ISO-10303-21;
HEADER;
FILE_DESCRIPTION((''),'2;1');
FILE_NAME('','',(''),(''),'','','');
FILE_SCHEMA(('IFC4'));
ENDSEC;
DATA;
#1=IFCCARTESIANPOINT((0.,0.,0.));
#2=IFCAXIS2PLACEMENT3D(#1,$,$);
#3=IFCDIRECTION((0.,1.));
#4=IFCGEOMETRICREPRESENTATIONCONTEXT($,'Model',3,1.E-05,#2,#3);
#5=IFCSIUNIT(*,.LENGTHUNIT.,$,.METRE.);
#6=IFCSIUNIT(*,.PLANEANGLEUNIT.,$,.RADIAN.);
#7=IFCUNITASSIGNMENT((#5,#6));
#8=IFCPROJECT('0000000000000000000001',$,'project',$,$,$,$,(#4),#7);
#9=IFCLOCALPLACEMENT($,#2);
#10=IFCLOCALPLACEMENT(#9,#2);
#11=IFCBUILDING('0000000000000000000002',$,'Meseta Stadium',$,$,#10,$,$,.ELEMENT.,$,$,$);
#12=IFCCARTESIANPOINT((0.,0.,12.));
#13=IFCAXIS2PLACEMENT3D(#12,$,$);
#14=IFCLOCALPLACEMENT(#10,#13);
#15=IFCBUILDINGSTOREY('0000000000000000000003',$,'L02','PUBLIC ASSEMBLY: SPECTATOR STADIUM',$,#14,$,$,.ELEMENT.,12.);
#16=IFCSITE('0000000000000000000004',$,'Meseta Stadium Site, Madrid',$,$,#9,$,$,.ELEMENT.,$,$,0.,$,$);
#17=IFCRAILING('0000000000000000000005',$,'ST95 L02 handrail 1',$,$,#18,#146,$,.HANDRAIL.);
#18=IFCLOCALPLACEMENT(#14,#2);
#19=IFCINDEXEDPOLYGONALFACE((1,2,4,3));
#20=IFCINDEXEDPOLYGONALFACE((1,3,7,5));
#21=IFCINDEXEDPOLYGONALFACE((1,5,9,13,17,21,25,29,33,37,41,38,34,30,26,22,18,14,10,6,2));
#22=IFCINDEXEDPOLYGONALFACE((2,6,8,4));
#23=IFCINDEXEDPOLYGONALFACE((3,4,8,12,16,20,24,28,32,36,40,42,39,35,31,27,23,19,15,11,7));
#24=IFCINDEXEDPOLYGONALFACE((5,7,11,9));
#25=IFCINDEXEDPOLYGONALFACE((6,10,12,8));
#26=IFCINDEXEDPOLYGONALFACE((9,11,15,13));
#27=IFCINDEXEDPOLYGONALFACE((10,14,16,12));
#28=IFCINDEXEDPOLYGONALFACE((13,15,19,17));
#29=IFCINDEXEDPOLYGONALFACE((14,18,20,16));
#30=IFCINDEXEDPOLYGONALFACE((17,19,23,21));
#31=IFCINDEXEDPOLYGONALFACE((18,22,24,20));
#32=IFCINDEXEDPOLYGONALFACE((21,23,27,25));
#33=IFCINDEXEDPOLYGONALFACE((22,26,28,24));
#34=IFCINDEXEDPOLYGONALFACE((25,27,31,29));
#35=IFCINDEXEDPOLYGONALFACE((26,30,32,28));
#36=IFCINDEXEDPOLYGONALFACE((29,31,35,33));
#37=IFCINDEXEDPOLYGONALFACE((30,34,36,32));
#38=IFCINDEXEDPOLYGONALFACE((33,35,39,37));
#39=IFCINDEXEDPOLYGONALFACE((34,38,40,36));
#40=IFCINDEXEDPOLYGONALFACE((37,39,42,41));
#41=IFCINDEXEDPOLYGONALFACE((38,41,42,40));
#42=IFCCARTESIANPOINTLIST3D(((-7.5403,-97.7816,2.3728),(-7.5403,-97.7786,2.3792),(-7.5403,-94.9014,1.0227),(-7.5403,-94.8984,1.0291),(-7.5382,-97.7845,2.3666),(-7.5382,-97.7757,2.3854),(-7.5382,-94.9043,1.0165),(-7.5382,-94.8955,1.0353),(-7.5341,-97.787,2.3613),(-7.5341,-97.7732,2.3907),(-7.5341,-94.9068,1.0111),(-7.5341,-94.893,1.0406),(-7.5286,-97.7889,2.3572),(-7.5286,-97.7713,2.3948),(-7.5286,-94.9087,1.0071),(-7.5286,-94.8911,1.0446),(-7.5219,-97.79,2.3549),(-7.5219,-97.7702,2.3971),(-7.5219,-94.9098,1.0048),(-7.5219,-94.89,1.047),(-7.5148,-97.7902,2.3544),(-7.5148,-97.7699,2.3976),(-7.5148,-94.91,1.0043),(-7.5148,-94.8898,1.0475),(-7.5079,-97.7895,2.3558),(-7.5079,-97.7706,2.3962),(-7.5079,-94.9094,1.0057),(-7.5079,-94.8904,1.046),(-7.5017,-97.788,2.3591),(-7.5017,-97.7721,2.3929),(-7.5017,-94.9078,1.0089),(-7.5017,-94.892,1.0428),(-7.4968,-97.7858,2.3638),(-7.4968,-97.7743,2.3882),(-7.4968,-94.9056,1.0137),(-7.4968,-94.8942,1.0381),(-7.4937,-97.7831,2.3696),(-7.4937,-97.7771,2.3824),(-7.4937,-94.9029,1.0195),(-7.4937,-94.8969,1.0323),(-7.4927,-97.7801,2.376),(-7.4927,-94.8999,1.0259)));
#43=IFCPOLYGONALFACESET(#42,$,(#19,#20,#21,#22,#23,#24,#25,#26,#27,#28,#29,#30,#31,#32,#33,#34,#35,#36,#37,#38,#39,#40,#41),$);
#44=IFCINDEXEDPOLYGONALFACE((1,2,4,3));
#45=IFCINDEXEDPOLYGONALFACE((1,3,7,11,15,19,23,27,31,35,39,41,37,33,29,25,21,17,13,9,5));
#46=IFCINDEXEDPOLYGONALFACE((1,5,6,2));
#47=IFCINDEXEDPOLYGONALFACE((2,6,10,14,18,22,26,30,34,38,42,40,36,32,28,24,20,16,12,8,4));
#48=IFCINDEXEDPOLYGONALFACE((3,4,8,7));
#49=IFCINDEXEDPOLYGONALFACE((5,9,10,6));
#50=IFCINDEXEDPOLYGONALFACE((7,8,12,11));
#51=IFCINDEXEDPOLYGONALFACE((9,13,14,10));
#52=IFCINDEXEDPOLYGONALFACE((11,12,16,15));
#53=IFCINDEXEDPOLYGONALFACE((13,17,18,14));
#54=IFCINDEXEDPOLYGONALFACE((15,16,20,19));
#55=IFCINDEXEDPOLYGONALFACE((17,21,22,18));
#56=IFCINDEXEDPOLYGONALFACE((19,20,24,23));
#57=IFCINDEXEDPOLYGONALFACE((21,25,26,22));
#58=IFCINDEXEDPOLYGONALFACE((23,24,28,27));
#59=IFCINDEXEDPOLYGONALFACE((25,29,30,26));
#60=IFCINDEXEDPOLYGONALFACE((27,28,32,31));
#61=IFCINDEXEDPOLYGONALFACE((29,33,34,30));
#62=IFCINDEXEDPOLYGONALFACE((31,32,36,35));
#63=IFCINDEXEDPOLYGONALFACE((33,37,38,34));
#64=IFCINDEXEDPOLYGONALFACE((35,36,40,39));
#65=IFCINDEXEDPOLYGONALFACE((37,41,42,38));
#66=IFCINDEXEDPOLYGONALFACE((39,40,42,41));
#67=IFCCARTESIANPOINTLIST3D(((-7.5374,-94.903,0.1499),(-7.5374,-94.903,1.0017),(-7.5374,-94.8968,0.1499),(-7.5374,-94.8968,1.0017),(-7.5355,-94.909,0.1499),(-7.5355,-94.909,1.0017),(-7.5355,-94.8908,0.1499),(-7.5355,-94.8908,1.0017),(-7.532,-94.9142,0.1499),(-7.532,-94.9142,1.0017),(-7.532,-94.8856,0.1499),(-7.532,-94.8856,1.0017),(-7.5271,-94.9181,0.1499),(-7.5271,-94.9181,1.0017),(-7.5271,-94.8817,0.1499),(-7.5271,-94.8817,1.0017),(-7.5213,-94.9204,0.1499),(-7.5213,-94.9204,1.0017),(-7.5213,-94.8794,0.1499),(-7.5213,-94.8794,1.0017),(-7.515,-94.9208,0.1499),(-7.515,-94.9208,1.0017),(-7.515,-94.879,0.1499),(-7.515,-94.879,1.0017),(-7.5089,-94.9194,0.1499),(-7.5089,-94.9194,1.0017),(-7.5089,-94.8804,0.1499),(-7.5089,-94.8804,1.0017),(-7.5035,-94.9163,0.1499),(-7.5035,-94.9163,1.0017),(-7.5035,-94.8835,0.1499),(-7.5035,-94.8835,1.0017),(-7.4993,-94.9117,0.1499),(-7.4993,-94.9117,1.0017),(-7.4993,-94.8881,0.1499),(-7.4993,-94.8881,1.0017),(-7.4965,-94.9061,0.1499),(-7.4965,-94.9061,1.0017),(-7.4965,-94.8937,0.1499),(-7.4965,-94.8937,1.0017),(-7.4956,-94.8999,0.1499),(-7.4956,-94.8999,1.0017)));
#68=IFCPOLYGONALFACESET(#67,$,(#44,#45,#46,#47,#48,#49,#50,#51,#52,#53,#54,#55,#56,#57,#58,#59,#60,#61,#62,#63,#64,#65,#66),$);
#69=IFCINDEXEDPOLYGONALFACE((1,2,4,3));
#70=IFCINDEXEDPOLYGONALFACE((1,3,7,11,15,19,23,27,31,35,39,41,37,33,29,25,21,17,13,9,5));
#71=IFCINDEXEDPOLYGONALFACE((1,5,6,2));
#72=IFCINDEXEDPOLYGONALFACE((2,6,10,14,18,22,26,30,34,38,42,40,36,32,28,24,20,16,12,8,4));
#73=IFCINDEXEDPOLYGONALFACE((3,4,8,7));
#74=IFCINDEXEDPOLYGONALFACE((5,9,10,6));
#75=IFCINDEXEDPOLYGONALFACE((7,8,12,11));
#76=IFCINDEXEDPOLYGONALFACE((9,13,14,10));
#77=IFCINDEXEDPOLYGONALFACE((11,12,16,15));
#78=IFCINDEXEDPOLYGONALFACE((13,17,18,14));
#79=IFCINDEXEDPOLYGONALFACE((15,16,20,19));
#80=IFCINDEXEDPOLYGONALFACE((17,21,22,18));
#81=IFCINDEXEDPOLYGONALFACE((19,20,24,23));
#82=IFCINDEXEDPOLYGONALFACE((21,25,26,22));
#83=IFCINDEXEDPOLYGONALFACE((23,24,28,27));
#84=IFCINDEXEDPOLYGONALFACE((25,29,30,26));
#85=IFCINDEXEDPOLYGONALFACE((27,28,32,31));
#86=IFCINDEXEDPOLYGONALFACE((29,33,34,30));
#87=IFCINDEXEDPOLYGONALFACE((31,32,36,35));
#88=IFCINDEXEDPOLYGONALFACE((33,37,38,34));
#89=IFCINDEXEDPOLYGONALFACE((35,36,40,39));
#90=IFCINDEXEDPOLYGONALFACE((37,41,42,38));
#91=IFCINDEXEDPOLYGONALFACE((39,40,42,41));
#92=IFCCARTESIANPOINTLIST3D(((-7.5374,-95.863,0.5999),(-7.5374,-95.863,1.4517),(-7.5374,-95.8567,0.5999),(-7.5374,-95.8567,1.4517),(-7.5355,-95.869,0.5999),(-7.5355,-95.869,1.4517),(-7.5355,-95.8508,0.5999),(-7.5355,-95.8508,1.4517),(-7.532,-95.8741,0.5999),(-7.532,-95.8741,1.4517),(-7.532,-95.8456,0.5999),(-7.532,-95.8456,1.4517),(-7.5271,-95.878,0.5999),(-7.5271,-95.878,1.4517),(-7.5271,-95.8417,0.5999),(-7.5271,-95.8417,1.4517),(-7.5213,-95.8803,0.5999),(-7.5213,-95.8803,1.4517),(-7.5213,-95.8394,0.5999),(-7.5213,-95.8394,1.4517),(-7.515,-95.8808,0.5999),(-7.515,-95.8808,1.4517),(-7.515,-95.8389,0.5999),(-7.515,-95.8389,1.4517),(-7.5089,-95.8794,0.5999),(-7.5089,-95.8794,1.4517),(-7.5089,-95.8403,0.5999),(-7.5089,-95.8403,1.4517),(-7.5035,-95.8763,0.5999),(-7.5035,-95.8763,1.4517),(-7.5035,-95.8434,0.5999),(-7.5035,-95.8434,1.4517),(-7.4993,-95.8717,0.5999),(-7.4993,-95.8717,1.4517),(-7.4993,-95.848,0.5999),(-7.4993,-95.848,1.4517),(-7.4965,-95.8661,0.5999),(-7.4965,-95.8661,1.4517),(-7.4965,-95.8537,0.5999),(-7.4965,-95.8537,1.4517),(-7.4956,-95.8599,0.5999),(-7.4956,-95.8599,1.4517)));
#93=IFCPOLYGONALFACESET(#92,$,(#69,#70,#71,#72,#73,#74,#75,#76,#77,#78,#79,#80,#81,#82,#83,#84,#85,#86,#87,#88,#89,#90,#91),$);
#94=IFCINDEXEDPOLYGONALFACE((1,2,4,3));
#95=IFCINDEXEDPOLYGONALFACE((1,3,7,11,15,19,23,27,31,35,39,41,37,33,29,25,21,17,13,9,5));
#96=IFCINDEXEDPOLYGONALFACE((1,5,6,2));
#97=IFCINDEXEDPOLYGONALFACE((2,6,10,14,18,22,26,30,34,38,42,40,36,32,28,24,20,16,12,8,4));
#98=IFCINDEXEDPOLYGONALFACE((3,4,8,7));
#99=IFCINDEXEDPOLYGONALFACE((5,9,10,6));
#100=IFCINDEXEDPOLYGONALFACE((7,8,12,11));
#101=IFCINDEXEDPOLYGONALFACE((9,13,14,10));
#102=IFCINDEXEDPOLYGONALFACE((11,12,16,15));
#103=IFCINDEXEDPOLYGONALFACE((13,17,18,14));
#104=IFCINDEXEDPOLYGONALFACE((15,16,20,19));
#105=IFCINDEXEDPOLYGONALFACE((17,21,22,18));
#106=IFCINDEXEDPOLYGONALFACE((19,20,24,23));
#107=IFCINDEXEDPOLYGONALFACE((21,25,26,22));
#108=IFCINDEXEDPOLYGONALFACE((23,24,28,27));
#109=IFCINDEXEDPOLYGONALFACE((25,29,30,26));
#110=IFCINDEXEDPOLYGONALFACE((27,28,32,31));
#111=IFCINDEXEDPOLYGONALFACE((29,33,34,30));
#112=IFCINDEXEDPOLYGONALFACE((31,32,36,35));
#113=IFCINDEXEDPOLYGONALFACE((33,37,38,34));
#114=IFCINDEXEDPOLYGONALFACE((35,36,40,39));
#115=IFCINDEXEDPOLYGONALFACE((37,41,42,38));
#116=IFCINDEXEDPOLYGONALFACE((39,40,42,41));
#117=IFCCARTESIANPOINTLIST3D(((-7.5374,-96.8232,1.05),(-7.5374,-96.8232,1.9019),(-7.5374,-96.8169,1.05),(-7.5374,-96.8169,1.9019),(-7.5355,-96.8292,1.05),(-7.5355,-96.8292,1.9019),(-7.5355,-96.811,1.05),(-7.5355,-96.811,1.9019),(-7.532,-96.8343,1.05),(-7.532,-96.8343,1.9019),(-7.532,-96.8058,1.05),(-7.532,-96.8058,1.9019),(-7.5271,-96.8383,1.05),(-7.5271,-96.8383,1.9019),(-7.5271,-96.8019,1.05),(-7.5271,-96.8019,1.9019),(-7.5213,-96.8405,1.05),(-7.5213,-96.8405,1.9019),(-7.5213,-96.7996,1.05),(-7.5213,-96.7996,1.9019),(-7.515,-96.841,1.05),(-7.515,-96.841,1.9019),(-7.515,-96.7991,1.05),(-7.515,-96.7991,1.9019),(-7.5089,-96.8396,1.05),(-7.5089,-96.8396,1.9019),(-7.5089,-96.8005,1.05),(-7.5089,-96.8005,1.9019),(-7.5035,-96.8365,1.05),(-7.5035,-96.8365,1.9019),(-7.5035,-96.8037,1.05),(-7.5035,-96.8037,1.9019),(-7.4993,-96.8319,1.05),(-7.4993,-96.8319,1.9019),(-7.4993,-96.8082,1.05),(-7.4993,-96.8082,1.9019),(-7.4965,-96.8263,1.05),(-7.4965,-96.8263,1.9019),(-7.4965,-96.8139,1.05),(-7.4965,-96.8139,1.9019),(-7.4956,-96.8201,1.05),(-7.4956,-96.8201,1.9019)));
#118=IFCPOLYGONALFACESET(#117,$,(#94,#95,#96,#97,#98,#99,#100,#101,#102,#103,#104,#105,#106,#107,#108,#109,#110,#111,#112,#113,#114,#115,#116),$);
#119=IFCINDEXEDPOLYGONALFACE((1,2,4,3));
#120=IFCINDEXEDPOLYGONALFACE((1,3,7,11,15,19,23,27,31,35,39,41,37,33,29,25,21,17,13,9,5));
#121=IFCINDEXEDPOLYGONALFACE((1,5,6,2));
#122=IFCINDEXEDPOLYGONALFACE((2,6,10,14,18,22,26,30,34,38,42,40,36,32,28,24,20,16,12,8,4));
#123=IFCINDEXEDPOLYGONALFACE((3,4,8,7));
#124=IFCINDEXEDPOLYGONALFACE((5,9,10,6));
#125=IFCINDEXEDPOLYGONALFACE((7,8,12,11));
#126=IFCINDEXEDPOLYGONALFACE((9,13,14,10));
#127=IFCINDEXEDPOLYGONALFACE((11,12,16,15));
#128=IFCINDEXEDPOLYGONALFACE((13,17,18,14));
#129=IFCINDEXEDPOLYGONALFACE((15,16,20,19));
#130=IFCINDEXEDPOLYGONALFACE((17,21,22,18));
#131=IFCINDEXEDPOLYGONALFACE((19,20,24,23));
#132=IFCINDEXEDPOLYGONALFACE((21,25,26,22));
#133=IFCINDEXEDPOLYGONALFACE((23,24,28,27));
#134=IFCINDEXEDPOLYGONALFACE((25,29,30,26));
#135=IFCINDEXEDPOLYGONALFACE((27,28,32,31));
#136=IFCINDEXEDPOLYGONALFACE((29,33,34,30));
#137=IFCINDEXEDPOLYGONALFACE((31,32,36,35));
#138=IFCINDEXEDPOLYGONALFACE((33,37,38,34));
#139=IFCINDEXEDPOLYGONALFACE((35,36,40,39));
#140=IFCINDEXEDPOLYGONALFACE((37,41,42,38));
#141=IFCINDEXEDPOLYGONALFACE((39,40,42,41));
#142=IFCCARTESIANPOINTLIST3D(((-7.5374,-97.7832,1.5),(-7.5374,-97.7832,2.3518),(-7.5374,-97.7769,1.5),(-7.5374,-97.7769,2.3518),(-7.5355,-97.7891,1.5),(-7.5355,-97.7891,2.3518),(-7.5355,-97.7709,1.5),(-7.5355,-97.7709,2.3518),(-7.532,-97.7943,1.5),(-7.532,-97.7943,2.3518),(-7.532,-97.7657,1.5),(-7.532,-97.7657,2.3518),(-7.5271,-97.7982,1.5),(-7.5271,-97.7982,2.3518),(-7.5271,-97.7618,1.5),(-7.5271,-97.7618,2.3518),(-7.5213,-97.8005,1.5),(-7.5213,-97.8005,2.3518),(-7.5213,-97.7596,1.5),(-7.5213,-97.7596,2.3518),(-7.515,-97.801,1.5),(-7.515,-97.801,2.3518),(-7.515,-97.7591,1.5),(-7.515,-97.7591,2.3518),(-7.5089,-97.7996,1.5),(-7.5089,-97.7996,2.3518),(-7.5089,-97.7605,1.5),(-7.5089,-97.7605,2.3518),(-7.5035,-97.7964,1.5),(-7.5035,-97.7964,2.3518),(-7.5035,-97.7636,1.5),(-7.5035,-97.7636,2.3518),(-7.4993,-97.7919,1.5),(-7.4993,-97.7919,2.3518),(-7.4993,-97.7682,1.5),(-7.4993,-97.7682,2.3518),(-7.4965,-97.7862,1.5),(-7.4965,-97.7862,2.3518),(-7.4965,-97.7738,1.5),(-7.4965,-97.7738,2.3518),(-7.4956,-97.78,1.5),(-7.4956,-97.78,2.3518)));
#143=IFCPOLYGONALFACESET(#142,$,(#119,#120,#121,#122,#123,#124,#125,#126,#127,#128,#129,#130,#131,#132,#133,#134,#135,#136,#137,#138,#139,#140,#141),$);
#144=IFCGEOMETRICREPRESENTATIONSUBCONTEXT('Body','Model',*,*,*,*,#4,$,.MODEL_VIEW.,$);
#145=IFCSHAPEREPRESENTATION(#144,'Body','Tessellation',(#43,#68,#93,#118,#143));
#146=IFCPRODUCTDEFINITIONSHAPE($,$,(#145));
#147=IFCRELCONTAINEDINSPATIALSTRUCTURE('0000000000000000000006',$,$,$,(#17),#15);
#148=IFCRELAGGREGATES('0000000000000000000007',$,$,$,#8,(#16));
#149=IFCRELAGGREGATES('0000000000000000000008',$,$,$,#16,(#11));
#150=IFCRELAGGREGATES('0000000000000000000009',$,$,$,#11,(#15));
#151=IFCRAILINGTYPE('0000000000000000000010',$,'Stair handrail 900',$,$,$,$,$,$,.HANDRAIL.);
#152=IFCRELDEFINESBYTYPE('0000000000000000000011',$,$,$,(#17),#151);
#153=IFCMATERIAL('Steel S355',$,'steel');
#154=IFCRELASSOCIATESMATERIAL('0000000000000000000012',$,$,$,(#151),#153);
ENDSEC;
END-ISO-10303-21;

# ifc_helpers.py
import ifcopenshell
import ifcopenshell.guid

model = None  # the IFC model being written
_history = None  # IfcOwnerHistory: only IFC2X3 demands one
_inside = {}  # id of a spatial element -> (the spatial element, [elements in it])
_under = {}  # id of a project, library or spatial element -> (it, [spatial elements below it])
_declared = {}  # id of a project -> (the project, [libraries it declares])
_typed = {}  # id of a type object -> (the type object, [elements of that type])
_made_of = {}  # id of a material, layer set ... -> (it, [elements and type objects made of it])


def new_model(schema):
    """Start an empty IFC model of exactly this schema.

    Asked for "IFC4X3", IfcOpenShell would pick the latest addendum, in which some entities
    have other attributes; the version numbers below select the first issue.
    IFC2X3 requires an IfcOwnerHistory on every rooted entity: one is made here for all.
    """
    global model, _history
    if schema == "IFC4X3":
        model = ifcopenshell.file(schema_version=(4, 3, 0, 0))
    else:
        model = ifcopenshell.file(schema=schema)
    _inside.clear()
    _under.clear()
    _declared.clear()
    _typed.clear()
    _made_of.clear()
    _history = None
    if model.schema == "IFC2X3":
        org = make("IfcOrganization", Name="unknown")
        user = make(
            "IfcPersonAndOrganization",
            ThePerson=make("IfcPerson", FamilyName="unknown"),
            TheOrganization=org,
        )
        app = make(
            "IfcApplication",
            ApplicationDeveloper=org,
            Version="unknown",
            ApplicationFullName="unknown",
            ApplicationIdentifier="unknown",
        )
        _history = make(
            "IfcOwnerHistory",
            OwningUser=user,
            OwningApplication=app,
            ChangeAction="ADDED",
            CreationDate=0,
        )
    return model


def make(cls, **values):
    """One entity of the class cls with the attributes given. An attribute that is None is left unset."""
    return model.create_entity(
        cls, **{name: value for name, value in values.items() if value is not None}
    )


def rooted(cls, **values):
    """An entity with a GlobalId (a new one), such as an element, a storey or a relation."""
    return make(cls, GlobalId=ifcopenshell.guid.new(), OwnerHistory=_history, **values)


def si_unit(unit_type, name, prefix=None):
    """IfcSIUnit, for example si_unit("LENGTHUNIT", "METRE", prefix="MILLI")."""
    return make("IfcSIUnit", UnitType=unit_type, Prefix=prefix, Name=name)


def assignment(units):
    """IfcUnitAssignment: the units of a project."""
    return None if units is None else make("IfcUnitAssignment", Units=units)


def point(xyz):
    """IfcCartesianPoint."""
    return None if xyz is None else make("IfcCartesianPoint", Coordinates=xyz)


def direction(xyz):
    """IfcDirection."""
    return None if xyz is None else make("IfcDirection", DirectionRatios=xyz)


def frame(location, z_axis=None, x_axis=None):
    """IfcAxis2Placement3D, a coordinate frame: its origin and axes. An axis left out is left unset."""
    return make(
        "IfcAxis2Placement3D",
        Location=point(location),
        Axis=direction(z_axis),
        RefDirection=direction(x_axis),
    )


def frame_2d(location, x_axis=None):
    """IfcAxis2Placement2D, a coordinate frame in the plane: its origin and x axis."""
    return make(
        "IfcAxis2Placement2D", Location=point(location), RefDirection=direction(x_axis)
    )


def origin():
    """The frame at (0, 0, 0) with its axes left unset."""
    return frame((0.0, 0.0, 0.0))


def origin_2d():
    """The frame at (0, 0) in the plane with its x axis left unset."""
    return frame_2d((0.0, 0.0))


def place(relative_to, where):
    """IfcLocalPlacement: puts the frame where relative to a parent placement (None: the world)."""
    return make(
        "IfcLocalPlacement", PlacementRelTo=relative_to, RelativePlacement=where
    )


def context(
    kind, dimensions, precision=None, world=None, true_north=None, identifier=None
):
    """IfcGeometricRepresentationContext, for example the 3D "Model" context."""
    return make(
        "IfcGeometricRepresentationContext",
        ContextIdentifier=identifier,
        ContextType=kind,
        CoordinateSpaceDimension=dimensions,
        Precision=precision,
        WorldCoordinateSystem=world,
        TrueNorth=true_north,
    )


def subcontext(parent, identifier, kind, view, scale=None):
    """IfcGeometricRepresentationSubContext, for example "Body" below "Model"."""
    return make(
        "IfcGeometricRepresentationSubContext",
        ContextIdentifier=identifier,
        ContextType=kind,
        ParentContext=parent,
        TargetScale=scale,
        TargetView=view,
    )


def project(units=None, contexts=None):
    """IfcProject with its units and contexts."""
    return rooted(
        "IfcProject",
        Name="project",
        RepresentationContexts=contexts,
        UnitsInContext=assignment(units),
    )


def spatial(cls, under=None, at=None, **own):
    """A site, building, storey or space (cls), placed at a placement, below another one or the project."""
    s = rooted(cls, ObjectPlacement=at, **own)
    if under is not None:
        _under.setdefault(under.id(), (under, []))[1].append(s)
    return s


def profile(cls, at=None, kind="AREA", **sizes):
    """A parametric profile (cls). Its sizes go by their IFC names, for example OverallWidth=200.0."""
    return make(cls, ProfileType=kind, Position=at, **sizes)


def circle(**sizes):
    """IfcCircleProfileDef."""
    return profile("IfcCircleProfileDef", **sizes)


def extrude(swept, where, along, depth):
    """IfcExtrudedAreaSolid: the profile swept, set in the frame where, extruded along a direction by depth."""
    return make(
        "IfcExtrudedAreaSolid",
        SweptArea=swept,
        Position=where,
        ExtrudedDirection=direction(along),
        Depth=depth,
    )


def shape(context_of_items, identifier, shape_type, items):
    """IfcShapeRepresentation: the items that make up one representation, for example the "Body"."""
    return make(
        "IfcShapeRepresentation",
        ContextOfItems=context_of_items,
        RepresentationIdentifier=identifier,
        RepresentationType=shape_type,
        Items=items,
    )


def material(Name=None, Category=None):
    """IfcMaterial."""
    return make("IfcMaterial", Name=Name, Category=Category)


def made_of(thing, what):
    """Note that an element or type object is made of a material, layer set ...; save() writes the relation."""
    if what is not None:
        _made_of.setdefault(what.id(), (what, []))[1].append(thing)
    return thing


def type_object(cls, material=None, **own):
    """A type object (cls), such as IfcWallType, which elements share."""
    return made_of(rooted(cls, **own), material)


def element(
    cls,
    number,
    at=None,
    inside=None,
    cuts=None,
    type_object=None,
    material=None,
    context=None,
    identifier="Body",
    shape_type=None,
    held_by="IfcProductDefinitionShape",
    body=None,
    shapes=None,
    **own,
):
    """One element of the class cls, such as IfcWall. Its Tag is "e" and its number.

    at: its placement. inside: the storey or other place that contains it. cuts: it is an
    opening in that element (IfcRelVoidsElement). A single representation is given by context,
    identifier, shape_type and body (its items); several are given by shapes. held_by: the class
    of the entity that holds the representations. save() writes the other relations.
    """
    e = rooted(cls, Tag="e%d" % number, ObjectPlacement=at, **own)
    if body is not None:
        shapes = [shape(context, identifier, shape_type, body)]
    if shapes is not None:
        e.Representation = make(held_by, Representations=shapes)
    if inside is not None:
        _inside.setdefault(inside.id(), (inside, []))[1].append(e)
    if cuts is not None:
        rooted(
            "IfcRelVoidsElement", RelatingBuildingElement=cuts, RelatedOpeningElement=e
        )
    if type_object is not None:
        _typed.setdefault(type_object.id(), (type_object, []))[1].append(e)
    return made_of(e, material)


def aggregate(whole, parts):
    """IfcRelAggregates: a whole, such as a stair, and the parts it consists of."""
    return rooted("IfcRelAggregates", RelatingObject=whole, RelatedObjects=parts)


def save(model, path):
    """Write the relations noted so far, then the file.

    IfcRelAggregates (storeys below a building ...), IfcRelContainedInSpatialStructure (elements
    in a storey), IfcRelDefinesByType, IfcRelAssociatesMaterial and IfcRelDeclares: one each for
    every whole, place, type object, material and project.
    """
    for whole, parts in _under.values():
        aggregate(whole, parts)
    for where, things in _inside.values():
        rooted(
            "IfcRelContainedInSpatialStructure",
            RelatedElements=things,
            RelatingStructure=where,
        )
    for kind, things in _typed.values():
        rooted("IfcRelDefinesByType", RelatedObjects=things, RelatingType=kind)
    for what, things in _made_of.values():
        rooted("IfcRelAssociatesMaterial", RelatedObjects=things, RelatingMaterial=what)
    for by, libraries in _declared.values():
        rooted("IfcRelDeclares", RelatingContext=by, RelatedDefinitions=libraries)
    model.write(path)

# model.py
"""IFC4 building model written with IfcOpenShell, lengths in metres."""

from ifc_helpers import new_model, si_unit, direction, frame, origin, origin_2d, place, context, subcontext, project, spatial, circle, extrude, material, type_object, element, save


model = new_model("IFC4")

# Units and contexts
model_context = context("Model", 3, precision=1e-05, world=origin(), true_north=direction((0.0, 1.0)))
body_context = subcontext(model_context, "Body", "Model", "MODEL_VIEW")
ifc_project = project(units=[si_unit("LENGTHUNIT", "METRE"), si_unit("PLANEANGLEUNIT", "RADIAN")], contexts=[model_context])

# Site, building, storey
site_placement = place(None, origin())
site = spatial("IfcSite", under=ifc_project, at=site_placement, Name="Meseta Stadium Site, Madrid", CompositionType="ELEMENT", RefElevation=0.0)
building_placement = place(site_placement, origin())
building = spatial("IfcBuilding", under=site, at=building_placement, Name="Meseta Stadium", CompositionType="ELEMENT")
storey_placement = place(building_placement, frame((0.0, 0.0, 12.0)))
storey = spatial("IfcBuildingStorey", under=building, at=storey_placement, Name="L02", Description="PUBLIC ASSEMBLY: SPECTATOR STADIUM", CompositionType="ELEMENT", Elevation=12.0)

# Railing
ifc_material_1 = material(Name="Steel S355", Category="steel")
railing_type_1 = type_object("IfcRailingType", Name="Stair handrail 900", PredefinedType="HANDRAIL", material=ifc_material_1)
railing_1_placement = place(storey_placement, frame((-7.5166, -94.8999, 0.1499)))
element("IfcRailing", 1, at=railing_1_placement, inside=storey, type_object=railing_type_1, Name="ST95 L02 handrail 1", PredefinedType="HANDRAIL", context=body_context, shape_type="SweptSolid", body=[
    extrude(circle(Radius=0.0239, at=origin_2d()), frame((0.0, 0.0, 0.876), z_axis=(0.0, -0.905454, 0.424444), x_axis=(1.0, 0.0, 0.0)), (0.0, 0.0, 1.0), 3.1809),
    extrude(circle(Radius=0.021, at=origin_2d()), origin(), (0.0, 0.0, 1.0), 0.8518),
    extrude(circle(Radius=0.021, at=origin_2d()), frame((0.0, -0.96, 0.45)), (0.0, 0.0, 1.0), 0.8518),
    extrude(circle(Radius=0.021, at=origin_2d()), frame((0.0, -1.9202, 0.9001)), (0.0, 0.0, 1.0), 0.8518),
    extrude(circle(Radius=0.021, at=origin_2d()), frame((0.0, -2.8801, 1.3501)), (0.0, 0.0, 1.0), 0.8518),
])

save(model, "model.ifc")
